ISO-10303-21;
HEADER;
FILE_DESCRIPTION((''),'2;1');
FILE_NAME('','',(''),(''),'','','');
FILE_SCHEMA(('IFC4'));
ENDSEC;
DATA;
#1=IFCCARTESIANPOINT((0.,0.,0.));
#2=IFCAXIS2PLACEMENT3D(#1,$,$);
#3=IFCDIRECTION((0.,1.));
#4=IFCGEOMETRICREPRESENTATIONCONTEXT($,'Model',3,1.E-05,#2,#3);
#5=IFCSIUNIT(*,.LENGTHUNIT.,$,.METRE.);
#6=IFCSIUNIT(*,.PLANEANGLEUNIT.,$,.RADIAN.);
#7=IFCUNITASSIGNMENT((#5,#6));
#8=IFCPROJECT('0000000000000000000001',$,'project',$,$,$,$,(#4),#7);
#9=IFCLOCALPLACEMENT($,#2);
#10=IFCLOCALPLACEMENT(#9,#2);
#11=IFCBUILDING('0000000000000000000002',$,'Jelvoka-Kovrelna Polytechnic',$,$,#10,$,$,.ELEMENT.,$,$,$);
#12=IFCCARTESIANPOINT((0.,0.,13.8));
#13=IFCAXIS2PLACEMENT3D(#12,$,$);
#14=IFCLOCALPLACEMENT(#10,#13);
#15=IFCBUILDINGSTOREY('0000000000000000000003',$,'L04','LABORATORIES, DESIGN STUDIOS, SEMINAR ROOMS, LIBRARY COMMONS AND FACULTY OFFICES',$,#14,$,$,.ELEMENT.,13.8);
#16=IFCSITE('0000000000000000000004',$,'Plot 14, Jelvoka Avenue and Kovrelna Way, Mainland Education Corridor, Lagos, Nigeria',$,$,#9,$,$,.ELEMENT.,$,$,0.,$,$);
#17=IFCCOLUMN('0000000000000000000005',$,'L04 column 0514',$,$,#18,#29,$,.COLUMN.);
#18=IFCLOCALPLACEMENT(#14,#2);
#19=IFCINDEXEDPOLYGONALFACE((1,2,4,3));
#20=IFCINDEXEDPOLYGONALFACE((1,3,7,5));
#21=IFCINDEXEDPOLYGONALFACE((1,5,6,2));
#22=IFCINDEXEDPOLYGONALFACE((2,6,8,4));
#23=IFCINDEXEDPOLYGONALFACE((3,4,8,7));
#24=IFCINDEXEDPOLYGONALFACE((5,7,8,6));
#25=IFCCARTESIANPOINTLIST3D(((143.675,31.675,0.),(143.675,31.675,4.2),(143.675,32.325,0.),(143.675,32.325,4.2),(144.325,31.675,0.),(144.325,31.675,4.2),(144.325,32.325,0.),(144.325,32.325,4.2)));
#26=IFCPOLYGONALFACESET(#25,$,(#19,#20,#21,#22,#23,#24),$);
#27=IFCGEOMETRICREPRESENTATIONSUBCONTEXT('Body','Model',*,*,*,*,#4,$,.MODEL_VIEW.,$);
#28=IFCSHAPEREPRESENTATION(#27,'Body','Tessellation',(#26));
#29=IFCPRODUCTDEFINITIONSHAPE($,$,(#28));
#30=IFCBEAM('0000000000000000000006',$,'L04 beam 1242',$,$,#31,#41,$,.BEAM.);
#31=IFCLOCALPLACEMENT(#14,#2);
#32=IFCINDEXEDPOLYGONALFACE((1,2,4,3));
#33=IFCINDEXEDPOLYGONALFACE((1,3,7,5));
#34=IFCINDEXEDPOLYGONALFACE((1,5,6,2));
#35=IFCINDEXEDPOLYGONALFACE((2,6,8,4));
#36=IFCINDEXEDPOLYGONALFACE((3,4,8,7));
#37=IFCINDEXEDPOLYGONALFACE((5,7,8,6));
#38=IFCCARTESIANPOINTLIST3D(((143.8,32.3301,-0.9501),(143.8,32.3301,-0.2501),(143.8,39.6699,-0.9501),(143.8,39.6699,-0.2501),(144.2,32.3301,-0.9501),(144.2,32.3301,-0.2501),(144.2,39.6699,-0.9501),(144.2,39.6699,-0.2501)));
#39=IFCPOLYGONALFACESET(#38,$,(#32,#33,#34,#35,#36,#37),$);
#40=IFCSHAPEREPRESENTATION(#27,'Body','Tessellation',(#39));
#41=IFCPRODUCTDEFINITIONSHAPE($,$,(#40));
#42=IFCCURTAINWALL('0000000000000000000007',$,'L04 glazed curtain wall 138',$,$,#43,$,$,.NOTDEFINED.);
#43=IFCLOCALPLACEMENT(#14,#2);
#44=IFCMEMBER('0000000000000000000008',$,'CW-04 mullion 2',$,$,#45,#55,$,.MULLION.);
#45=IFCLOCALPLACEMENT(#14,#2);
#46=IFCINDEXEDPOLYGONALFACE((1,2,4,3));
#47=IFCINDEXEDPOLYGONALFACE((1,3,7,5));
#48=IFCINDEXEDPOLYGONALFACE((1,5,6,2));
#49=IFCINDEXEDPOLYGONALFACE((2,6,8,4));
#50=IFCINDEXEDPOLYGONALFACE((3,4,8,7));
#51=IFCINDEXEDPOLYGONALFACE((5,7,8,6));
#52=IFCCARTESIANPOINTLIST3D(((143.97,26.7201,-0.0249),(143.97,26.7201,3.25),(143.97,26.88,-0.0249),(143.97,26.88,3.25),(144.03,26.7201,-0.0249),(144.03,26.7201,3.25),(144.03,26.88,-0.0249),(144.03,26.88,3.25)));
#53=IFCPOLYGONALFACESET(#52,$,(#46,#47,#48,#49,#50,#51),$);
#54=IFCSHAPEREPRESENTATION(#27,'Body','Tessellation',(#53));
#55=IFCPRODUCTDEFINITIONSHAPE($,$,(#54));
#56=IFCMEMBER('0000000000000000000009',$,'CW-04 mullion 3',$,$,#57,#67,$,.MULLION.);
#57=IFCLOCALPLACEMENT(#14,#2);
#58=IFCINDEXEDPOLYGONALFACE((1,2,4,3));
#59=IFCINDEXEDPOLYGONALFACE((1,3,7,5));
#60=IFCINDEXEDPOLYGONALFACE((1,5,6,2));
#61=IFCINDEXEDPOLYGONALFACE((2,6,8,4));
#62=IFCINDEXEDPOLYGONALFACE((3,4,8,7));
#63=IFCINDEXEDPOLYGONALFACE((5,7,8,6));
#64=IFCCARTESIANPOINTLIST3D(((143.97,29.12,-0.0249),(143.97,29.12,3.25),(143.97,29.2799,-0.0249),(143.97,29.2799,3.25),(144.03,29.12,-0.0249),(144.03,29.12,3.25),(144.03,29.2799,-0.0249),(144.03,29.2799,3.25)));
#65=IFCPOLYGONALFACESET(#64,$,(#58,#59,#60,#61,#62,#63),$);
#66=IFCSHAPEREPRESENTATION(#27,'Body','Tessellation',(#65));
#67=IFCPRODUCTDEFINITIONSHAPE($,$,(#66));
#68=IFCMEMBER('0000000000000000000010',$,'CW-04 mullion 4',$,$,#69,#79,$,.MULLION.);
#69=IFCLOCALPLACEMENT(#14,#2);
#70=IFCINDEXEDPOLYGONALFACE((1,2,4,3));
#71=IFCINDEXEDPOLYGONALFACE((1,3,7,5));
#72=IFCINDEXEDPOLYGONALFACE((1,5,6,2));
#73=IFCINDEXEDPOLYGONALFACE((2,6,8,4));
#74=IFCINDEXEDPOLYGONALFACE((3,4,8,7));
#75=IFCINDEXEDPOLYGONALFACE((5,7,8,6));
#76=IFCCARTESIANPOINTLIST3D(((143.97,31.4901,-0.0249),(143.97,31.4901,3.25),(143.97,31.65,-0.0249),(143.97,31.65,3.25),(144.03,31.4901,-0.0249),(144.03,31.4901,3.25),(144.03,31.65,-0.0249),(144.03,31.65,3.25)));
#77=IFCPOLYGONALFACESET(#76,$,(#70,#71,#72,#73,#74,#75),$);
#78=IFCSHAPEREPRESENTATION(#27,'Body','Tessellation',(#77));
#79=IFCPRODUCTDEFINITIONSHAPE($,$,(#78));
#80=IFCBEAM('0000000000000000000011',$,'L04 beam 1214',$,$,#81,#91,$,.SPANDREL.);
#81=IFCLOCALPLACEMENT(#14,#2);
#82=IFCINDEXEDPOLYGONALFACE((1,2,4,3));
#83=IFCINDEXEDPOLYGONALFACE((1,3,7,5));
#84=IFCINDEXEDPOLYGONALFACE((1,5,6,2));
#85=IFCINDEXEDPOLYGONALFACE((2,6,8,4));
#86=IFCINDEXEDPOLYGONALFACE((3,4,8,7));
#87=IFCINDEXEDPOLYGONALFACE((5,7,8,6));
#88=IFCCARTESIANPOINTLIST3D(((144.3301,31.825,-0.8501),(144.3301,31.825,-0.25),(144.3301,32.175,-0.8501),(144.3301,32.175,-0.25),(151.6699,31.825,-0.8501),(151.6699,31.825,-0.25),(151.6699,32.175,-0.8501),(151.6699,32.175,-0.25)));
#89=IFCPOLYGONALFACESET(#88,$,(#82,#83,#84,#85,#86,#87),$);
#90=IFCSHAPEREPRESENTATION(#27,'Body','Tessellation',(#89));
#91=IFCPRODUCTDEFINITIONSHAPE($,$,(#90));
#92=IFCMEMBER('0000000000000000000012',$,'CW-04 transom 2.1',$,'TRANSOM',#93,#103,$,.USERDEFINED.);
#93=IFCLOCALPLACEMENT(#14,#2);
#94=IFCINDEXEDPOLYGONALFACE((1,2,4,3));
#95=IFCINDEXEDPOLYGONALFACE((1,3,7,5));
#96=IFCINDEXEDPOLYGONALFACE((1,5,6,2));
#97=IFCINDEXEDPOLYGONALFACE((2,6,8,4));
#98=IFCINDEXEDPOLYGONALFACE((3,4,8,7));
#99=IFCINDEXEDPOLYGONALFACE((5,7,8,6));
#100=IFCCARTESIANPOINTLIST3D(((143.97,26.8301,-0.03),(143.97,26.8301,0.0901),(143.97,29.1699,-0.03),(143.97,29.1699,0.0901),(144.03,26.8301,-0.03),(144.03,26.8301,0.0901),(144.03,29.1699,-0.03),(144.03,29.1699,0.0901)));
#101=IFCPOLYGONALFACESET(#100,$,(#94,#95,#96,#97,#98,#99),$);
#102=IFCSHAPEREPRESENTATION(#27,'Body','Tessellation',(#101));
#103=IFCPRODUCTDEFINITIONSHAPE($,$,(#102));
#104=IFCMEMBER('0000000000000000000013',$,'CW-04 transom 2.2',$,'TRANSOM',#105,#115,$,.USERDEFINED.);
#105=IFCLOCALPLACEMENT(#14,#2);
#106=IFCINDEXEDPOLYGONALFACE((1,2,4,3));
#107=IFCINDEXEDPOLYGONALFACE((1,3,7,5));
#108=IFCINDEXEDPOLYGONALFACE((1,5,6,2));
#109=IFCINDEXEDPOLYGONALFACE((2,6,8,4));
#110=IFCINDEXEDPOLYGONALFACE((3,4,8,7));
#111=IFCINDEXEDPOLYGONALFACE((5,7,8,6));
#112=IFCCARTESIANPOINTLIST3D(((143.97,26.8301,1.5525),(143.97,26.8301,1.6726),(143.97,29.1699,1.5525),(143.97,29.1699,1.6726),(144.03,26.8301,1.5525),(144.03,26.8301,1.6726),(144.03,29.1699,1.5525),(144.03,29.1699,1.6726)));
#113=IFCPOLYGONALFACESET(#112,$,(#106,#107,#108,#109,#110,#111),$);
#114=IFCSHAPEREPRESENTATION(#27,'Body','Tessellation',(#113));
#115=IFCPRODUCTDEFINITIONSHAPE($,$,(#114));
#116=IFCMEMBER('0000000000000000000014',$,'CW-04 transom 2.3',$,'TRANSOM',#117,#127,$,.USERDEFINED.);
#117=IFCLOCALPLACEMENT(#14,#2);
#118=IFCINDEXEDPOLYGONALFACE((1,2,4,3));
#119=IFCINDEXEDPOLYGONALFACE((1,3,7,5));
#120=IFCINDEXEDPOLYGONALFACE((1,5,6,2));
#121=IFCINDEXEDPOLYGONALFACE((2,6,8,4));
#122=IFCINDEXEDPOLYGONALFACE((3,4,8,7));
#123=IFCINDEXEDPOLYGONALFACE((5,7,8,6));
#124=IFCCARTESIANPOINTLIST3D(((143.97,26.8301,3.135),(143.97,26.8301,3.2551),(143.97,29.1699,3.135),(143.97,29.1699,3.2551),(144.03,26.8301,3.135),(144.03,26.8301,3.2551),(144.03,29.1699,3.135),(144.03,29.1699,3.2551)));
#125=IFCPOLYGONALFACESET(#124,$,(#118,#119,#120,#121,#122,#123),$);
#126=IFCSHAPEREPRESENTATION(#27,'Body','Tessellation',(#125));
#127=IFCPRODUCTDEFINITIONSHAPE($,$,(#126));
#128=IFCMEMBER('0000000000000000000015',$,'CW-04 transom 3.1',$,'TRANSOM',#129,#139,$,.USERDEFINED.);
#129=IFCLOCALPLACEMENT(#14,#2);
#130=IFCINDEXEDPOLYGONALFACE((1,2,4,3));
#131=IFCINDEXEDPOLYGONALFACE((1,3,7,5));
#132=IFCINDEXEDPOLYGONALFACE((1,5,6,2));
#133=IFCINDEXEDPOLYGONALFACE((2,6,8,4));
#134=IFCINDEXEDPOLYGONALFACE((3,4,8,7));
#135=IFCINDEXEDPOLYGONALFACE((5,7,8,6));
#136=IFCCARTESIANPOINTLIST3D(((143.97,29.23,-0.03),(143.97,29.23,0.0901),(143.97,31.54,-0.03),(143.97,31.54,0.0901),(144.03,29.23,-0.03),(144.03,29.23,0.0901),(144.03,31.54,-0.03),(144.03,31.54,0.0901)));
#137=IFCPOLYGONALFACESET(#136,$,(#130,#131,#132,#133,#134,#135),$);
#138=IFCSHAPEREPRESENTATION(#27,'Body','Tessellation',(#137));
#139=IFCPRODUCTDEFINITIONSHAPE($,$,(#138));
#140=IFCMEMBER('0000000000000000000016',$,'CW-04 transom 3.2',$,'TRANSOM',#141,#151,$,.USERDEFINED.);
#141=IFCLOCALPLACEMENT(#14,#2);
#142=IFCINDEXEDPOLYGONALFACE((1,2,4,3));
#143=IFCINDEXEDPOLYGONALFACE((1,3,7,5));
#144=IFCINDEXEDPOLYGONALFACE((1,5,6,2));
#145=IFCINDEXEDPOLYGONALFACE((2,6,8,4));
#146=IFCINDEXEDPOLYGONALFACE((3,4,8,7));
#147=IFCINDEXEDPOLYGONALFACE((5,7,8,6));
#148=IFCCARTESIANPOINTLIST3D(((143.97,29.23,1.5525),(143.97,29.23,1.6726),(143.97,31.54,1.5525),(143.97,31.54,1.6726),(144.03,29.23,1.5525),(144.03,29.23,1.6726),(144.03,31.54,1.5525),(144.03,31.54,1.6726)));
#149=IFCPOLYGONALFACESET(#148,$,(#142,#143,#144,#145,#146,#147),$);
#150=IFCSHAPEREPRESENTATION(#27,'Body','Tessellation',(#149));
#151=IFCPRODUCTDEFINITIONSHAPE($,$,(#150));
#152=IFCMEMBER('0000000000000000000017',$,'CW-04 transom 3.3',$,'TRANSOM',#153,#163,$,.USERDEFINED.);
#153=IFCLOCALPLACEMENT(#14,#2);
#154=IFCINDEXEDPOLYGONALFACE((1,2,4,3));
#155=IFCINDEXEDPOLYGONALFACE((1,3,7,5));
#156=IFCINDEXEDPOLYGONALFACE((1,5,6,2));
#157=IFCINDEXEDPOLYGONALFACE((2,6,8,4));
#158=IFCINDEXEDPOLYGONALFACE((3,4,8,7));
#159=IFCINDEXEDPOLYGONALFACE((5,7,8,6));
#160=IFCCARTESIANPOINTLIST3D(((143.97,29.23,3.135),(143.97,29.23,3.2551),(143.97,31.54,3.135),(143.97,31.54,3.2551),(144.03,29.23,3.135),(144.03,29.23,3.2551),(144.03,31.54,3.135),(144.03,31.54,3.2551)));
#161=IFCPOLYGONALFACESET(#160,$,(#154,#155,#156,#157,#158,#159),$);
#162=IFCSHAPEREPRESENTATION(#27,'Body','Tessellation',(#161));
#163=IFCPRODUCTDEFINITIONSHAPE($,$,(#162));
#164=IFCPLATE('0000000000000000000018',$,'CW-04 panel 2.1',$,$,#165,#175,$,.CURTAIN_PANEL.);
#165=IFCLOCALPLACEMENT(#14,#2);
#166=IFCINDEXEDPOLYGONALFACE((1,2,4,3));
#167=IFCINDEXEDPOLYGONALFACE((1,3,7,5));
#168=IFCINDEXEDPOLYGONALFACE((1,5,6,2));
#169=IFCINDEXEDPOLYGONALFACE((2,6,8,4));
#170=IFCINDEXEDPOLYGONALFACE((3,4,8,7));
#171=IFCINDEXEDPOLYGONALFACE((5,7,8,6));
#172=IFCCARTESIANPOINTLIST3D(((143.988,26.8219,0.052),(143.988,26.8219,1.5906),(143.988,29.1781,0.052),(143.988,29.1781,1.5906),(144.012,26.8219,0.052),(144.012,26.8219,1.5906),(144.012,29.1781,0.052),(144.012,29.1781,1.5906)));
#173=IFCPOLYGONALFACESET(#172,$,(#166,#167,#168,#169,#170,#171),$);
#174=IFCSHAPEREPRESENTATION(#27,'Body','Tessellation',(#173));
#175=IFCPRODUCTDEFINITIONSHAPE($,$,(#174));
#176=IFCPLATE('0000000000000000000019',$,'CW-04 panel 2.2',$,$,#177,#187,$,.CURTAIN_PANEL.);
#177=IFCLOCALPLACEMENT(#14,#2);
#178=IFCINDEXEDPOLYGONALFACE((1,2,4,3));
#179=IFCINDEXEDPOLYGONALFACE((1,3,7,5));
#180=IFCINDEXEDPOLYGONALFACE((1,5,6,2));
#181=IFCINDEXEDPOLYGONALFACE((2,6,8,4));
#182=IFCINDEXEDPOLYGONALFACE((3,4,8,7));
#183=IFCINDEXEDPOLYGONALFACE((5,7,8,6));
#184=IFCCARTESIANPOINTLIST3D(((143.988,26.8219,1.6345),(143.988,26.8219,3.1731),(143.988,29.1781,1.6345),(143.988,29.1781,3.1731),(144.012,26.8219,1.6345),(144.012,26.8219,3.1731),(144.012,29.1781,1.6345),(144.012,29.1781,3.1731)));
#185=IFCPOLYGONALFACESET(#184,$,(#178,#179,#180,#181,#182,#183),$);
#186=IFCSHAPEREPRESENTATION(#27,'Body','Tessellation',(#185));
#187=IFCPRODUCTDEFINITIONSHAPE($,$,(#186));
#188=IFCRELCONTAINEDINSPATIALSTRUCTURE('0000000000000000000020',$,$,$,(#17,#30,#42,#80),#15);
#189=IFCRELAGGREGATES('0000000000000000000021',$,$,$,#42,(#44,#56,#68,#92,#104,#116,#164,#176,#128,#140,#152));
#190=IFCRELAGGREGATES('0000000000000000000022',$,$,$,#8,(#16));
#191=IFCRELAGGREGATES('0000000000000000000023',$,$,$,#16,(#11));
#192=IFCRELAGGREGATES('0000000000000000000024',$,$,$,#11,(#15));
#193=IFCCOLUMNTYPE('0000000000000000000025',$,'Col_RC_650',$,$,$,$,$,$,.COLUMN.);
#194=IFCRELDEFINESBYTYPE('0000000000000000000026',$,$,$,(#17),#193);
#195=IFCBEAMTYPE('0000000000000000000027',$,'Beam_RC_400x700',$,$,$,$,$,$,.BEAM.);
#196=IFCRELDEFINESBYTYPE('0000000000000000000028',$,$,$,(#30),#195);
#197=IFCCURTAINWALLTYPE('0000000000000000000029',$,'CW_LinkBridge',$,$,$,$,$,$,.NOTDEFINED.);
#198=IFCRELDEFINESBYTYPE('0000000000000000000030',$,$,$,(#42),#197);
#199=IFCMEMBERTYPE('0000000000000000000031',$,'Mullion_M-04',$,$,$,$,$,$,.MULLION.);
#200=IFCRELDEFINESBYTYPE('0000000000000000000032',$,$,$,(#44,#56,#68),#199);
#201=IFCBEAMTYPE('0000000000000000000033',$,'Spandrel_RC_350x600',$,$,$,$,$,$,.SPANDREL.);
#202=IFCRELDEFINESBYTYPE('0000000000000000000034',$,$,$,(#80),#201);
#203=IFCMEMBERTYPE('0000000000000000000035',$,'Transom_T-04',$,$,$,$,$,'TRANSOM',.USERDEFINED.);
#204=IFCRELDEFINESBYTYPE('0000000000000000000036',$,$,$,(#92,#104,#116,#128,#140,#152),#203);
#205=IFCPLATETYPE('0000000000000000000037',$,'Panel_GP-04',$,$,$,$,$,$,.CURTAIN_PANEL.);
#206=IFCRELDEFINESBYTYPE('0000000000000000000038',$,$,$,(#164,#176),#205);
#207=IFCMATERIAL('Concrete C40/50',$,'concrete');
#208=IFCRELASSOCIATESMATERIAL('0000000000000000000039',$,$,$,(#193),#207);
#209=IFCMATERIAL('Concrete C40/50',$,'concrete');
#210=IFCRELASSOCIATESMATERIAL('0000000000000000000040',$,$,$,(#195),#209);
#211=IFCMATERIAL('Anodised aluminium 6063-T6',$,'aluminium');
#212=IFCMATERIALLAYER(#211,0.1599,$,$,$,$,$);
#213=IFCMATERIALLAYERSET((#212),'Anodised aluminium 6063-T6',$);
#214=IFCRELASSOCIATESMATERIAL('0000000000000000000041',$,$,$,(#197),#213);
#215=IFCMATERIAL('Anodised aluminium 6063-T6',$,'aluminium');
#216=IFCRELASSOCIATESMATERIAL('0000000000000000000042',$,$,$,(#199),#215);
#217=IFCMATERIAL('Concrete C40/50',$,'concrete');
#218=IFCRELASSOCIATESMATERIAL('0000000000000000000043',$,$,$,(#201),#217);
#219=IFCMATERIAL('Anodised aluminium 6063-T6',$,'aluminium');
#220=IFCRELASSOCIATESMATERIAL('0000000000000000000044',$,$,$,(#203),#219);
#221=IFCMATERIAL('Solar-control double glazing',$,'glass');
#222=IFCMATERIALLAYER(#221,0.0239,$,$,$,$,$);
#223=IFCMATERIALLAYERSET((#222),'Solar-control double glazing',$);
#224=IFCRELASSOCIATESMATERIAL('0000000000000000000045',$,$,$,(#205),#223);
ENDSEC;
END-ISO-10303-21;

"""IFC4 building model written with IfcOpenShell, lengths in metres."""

from ifc_helpers import new_model, si_unit, direction, frame, origin, origin_2d, place, context, subcontext, project, spatial, rectangle, extrude, material, layer, layer_set, material_profile, profile_set, type_object, element, aggregate, save


model = new_model("IFC4")

# Units and contexts
model_context = context("Model", 3, precision=1e-05, world=origin(), true_north=direction((0.0, 1.0)))
body_context = subcontext(model_context, "Body", "Model", "MODEL_VIEW")
ifc_project = project(units=[si_unit("LENGTHUNIT", "METRE"), si_unit("PLANEANGLEUNIT", "RADIAN")], contexts=[model_context])

# Site, building, storey
site_placement = place(None, origin())
site = spatial("IfcSite", under=ifc_project, at=site_placement, Name="Plot 14, Jelvoka Avenue and Kovrelna Way, Mainland Education Corridor, Lagos, Nigeria", CompositionType="ELEMENT", RefElevation=0.0)
building_placement = place(site_placement, origin())
building = spatial("IfcBuilding", under=site, at=building_placement, Name="Jelvoka-Kovrelna Polytechnic", CompositionType="ELEMENT")
storey_placement = place(building_placement, frame((0.0, 0.0, 13.8)))
storey = spatial("IfcBuildingStorey", under=building, at=storey_placement, Name="L04", Description="LABORATORIES, DESIGN STUDIOS, SEMINAR ROOMS, LIBRARY COMMONS AND FACULTY OFFICES", CompositionType="ELEMENT", Elevation=13.8)

# Column
ifc_material_1 = material(Name="Concrete C40/50", Category="concrete")
ifc_material_profile_1 = material_profile(ifc_material_1, rectangle(XDim=0.6499, YDim=0.6499, at=origin_2d()), Name="RC 650x650")
ifc_profile_set_1 = profile_set([ifc_material_profile_1], Name="Concrete C40/50")
column_type = type_object("IfcColumnType", Name="Col_RC_650", PredefinedType="COLUMN", material=ifc_profile_set_1)
column_placement = place(storey_placement, frame((144.0, 32.0, 0.0), z_axis=(0.0, 0.0, 1.0), x_axis=(1.0, 0.0, 0.0)))
element("IfcColumn", 1, at=column_placement, inside=storey, type_object=column_type, Name="L04 column 0514", PredefinedType="COLUMN", context=body_context, shape_type="SweptSolid", body=[
    extrude(rectangle(XDim=0.6499, YDim=0.6499, at=origin_2d()), origin(), (0.0, 0.0, 1.0), 4.2),
])

# Beam
ifc_material_2 = material(Name="Concrete C40/50", Category="concrete")
ifc_material_profile_2 = material_profile(ifc_material_2, rectangle(XDim=0.3999, YDim=0.7, at=origin_2d()), Name="RC 400x700")
ifc_profile_set_2 = profile_set([ifc_material_profile_2], Name="Concrete C40/50")
beam_type_1 = type_object("IfcBeamType", Name="Beam_RC_400x700", PredefinedType="BEAM", material=ifc_profile_set_2)
beam_1_placement = place(storey_placement, frame((144.0, 32.3301, -0.6001), z_axis=(0.0, 1.0, 0.0), x_axis=(-1.0, 0.0, 0.0)))
element("IfcBeam", 2, at=beam_1_placement, inside=storey, type_object=beam_type_1, Name="L04 beam 1242", PredefinedType="BEAM", context=body_context, shape_type="SweptSolid", body=[
    extrude(rectangle(XDim=0.3999, YDim=0.7, at=origin_2d()), origin(), (0.0, 0.0, 1.0), 7.3398),
])

# Curtain wall, members
ifc_material_3 = material(Name="Anodised aluminium 6063-T6", Category="aluminium")
ifc_layer_1 = layer(ifc_material_3, 0.1599)
ifc_layer_set_1 = layer_set([ifc_layer_1], Name="Anodised aluminium 6063-T6")
curtain_wall_type = type_object("IfcCurtainWallType", Name="CW_LinkBridge", PredefinedType="NOTDEFINED", material=ifc_layer_set_1)
curtain_wall_placement = place(storey_placement, origin())
curtain_wall = element("IfcCurtainWall", 3, at=curtain_wall_placement, inside=storey, type_object=curtain_wall_type, Name="L04 glazed curtain wall 138", PredefinedType="NOTDEFINED")
ifc_material_4 = material(Name="Anodised aluminium 6063-T6", Category="aluminium")
ifc_material_profile_3 = material_profile(ifc_material_4, rectangle(XDim=0.0601, YDim=0.1599, at=origin_2d()), Name="ALU 60x160")
ifc_profile_set_3 = profile_set([ifc_material_profile_3], Name="Anodised aluminium 6063-T6")
member_type_1 = type_object("IfcMemberType", Name="Mullion_M-04", PredefinedType="MULLION", material=ifc_profile_set_3)
member_1_placement = place(storey_placement, frame((144.0, 26.8, -0.0249), z_axis=(0.0, 0.0, 1.0), x_axis=(-1.0, 0.0, 0.0)))
member_1 = element("IfcMember", 4, at=member_1_placement, type_object=member_type_1, Name="CW-04 mullion 2", PredefinedType="MULLION", context=body_context, shape_type="SweptSolid", body=[
    extrude(rectangle(XDim=0.0601, YDim=0.1599, at=origin_2d()), origin(), (0.0, 0.0, 1.0), 3.2749),
])
member_2_placement = place(storey_placement, frame((144.0, 29.2, -0.0249), z_axis=(0.0, 0.0, 1.0), x_axis=(-1.0, 0.0, 0.0)))
member_2 = element("IfcMember", 5, at=member_2_placement, type_object=member_type_1, Name="CW-04 mullion 3", PredefinedType="MULLION", context=body_context, shape_type="SweptSolid", body=[
    extrude(rectangle(XDim=0.0601, YDim=0.1599, at=origin_2d()), origin(), (0.0, 0.0, 1.0), 3.2749),
])
member_3_placement = place(storey_placement, frame((144.0, 31.5701, -0.0249), z_axis=(0.0, 0.0, 1.0), x_axis=(-1.0, 0.0, 0.0)))
member_3 = element("IfcMember", 6, at=member_3_placement, type_object=member_type_1, Name="CW-04 mullion 4", PredefinedType="MULLION", context=body_context, shape_type="SweptSolid", body=[
    extrude(rectangle(XDim=0.0601, YDim=0.1599, at=origin_2d()), origin(), (0.0, 0.0, 1.0), 3.2749),
])

# Beam
ifc_material_5 = material(Name="Concrete C40/50", Category="concrete")
ifc_material_profile_4 = material_profile(ifc_material_5, rectangle(XDim=0.3501, YDim=0.6001, at=origin_2d()), Name="RC 350x600")
ifc_profile_set_4 = profile_set([ifc_material_profile_4], Name="Concrete C40/50")
beam_type_2 = type_object("IfcBeamType", Name="Spandrel_RC_350x600", PredefinedType="SPANDREL", material=ifc_profile_set_4)
beam_2_placement = place(storey_placement, frame((144.3301, 32.0, -0.55), z_axis=(1.0, 0.0, 0.0), x_axis=(0.0, 1.0, 0.0)))
element("IfcBeam", 7, at=beam_2_placement, inside=storey, type_object=beam_type_2, Name="L04 beam 1214", PredefinedType="SPANDREL", context=body_context, shape_type="SweptSolid", body=[
    extrude(rectangle(XDim=0.3501, YDim=0.6001, at=origin_2d()), origin(), (0.0, 0.0, 1.0), 7.3398),
])

# Members
ifc_material_6 = material(Name="Anodised aluminium 6063-T6", Category="aluminium")
ifc_material_profile_5 = material_profile(ifc_material_6, rectangle(XDim=0.0601, YDim=0.1201, at=origin_2d()), Name="ALU 60x120")
ifc_profile_set_5 = profile_set([ifc_material_profile_5], Name="Anodised aluminium 6063-T6")
member_type_2 = type_object("IfcMemberType", Name="Transom_T-04", ElementType="TRANSOM", PredefinedType="USERDEFINED", material=ifc_profile_set_5)
member_4_placement = place(storey_placement, frame((144.0, 26.8301, 0.03), z_axis=(0.0, 1.0, 0.0), x_axis=(-1.0, 0.0, 0.0)))
member_4 = element("IfcMember", 8, at=member_4_placement, type_object=member_type_2, Name="CW-04 transom 2.1", ObjectType="TRANSOM", PredefinedType="USERDEFINED", context=body_context, shape_type="SweptSolid", body=[
    extrude(rectangle(XDim=0.0601, YDim=0.1201, at=origin_2d()), origin(), (0.0, 0.0, 1.0), 2.3398),
])
member_5_placement = place(storey_placement, frame((144.0, 26.8301, 1.6125), z_axis=(0.0, 1.0, 0.0), x_axis=(-1.0, 0.0, 0.0)))
member_5 = element("IfcMember", 9, at=member_5_placement, type_object=member_type_2, Name="CW-04 transom 2.2", ObjectType="TRANSOM", PredefinedType="USERDEFINED", context=body_context, shape_type="SweptSolid", body=[
    extrude(rectangle(XDim=0.0601, YDim=0.1201, at=origin_2d()), origin(), (0.0, 0.0, 1.0), 2.3398),
])
member_6_placement = place(storey_placement, frame((144.0, 26.8301, 3.1951), z_axis=(0.0, 1.0, 0.0), x_axis=(-1.0, 0.0, 0.0)))
member_6 = element("IfcMember", 10, at=member_6_placement, type_object=member_type_2, Name="CW-04 transom 2.3", ObjectType="TRANSOM", PredefinedType="USERDEFINED", context=body_context, shape_type="SweptSolid", body=[
    extrude(rectangle(XDim=0.0601, YDim=0.1201, at=origin_2d()), origin(), (0.0, 0.0, 1.0), 2.3398),
])
member_7_placement = place(storey_placement, frame((144.0, 29.23, 0.03), z_axis=(0.0, 1.0, 0.0), x_axis=(-1.0, 0.0, 0.0)))
member_7 = element("IfcMember", 11, at=member_7_placement, type_object=member_type_2, Name="CW-04 transom 3.1", ObjectType="TRANSOM", PredefinedType="USERDEFINED", context=body_context, shape_type="SweptSolid", body=[
    extrude(rectangle(XDim=0.0601, YDim=0.1201, at=origin_2d()), origin(), (0.0, 0.0, 1.0), 2.3101),
])
member_8_placement = place(storey_placement, frame((144.0, 29.23, 1.6125), z_axis=(0.0, 1.0, 0.0), x_axis=(-1.0, 0.0, 0.0)))
member_8 = element("IfcMember", 12, at=member_8_placement, type_object=member_type_2, Name="CW-04 transom 3.2", ObjectType="TRANSOM", PredefinedType="USERDEFINED", context=body_context, shape_type="SweptSolid", body=[
    extrude(rectangle(XDim=0.0601, YDim=0.1201, at=origin_2d()), origin(), (0.0, 0.0, 1.0), 2.3101),
])
member_9_placement = place(storey_placement, frame((144.0, 29.23, 3.1951), z_axis=(0.0, 1.0, 0.0), x_axis=(-1.0, 0.0, 0.0)))
member_9 = element("IfcMember", 13, at=member_9_placement, type_object=member_type_2, Name="CW-04 transom 3.3", ObjectType="TRANSOM", PredefinedType="USERDEFINED", context=body_context, shape_type="SweptSolid", body=[
    extrude(rectangle(XDim=0.0601, YDim=0.1201, at=origin_2d()), origin(), (0.0, 0.0, 1.0), 2.3101),
])

# Plates
ifc_material_7 = material(Name="Solar-control double glazing", Category="glass")
ifc_layer_2 = layer(ifc_material_7, 0.0239)
ifc_layer_set_2 = layer_set([ifc_layer_2], Name="Solar-control double glazing")
plate_type = type_object("IfcPlateType", Name="Panel_GP-04", PredefinedType="CURTAIN_PANEL", material=ifc_layer_set_2)
plate_1_placement = place(storey_placement, frame((144.0, 28.0, 0.052), z_axis=(0.0, 0.0, 1.0), x_axis=(0.0, 1.0, 0.0)))
plate_1 = element("IfcPlate", 14, at=plate_1_placement, type_object=plate_type, Name="CW-04 panel 2.1", PredefinedType="CURTAIN_PANEL", context=body_context, shape_type="SweptSolid", body=[
    extrude(rectangle(XDim=2.3562, YDim=0.0239, at=origin_2d()), origin(), (0.0, 0.0, 1.0), 1.5386),
])
plate_2_placement = place(storey_placement, frame((144.0, 28.0, 1.6345), z_axis=(0.0, 0.0, 1.0), x_axis=(0.0, 1.0, 0.0)))
plate_2 = element("IfcPlate", 15, at=plate_2_placement, type_object=plate_type, Name="CW-04 panel 2.2", PredefinedType="CURTAIN_PANEL", context=body_context, shape_type="SweptSolid", body=[
    extrude(rectangle(XDim=2.3562, YDim=0.0239, at=origin_2d()), origin(), (0.0, 0.0, 1.0), 1.5386),
])
aggregate(curtain_wall, [member_1, member_2, member_3, member_4, member_5, member_6, plate_1, plate_2, member_7, member_8, member_9])

save(model, "model.ifc")
